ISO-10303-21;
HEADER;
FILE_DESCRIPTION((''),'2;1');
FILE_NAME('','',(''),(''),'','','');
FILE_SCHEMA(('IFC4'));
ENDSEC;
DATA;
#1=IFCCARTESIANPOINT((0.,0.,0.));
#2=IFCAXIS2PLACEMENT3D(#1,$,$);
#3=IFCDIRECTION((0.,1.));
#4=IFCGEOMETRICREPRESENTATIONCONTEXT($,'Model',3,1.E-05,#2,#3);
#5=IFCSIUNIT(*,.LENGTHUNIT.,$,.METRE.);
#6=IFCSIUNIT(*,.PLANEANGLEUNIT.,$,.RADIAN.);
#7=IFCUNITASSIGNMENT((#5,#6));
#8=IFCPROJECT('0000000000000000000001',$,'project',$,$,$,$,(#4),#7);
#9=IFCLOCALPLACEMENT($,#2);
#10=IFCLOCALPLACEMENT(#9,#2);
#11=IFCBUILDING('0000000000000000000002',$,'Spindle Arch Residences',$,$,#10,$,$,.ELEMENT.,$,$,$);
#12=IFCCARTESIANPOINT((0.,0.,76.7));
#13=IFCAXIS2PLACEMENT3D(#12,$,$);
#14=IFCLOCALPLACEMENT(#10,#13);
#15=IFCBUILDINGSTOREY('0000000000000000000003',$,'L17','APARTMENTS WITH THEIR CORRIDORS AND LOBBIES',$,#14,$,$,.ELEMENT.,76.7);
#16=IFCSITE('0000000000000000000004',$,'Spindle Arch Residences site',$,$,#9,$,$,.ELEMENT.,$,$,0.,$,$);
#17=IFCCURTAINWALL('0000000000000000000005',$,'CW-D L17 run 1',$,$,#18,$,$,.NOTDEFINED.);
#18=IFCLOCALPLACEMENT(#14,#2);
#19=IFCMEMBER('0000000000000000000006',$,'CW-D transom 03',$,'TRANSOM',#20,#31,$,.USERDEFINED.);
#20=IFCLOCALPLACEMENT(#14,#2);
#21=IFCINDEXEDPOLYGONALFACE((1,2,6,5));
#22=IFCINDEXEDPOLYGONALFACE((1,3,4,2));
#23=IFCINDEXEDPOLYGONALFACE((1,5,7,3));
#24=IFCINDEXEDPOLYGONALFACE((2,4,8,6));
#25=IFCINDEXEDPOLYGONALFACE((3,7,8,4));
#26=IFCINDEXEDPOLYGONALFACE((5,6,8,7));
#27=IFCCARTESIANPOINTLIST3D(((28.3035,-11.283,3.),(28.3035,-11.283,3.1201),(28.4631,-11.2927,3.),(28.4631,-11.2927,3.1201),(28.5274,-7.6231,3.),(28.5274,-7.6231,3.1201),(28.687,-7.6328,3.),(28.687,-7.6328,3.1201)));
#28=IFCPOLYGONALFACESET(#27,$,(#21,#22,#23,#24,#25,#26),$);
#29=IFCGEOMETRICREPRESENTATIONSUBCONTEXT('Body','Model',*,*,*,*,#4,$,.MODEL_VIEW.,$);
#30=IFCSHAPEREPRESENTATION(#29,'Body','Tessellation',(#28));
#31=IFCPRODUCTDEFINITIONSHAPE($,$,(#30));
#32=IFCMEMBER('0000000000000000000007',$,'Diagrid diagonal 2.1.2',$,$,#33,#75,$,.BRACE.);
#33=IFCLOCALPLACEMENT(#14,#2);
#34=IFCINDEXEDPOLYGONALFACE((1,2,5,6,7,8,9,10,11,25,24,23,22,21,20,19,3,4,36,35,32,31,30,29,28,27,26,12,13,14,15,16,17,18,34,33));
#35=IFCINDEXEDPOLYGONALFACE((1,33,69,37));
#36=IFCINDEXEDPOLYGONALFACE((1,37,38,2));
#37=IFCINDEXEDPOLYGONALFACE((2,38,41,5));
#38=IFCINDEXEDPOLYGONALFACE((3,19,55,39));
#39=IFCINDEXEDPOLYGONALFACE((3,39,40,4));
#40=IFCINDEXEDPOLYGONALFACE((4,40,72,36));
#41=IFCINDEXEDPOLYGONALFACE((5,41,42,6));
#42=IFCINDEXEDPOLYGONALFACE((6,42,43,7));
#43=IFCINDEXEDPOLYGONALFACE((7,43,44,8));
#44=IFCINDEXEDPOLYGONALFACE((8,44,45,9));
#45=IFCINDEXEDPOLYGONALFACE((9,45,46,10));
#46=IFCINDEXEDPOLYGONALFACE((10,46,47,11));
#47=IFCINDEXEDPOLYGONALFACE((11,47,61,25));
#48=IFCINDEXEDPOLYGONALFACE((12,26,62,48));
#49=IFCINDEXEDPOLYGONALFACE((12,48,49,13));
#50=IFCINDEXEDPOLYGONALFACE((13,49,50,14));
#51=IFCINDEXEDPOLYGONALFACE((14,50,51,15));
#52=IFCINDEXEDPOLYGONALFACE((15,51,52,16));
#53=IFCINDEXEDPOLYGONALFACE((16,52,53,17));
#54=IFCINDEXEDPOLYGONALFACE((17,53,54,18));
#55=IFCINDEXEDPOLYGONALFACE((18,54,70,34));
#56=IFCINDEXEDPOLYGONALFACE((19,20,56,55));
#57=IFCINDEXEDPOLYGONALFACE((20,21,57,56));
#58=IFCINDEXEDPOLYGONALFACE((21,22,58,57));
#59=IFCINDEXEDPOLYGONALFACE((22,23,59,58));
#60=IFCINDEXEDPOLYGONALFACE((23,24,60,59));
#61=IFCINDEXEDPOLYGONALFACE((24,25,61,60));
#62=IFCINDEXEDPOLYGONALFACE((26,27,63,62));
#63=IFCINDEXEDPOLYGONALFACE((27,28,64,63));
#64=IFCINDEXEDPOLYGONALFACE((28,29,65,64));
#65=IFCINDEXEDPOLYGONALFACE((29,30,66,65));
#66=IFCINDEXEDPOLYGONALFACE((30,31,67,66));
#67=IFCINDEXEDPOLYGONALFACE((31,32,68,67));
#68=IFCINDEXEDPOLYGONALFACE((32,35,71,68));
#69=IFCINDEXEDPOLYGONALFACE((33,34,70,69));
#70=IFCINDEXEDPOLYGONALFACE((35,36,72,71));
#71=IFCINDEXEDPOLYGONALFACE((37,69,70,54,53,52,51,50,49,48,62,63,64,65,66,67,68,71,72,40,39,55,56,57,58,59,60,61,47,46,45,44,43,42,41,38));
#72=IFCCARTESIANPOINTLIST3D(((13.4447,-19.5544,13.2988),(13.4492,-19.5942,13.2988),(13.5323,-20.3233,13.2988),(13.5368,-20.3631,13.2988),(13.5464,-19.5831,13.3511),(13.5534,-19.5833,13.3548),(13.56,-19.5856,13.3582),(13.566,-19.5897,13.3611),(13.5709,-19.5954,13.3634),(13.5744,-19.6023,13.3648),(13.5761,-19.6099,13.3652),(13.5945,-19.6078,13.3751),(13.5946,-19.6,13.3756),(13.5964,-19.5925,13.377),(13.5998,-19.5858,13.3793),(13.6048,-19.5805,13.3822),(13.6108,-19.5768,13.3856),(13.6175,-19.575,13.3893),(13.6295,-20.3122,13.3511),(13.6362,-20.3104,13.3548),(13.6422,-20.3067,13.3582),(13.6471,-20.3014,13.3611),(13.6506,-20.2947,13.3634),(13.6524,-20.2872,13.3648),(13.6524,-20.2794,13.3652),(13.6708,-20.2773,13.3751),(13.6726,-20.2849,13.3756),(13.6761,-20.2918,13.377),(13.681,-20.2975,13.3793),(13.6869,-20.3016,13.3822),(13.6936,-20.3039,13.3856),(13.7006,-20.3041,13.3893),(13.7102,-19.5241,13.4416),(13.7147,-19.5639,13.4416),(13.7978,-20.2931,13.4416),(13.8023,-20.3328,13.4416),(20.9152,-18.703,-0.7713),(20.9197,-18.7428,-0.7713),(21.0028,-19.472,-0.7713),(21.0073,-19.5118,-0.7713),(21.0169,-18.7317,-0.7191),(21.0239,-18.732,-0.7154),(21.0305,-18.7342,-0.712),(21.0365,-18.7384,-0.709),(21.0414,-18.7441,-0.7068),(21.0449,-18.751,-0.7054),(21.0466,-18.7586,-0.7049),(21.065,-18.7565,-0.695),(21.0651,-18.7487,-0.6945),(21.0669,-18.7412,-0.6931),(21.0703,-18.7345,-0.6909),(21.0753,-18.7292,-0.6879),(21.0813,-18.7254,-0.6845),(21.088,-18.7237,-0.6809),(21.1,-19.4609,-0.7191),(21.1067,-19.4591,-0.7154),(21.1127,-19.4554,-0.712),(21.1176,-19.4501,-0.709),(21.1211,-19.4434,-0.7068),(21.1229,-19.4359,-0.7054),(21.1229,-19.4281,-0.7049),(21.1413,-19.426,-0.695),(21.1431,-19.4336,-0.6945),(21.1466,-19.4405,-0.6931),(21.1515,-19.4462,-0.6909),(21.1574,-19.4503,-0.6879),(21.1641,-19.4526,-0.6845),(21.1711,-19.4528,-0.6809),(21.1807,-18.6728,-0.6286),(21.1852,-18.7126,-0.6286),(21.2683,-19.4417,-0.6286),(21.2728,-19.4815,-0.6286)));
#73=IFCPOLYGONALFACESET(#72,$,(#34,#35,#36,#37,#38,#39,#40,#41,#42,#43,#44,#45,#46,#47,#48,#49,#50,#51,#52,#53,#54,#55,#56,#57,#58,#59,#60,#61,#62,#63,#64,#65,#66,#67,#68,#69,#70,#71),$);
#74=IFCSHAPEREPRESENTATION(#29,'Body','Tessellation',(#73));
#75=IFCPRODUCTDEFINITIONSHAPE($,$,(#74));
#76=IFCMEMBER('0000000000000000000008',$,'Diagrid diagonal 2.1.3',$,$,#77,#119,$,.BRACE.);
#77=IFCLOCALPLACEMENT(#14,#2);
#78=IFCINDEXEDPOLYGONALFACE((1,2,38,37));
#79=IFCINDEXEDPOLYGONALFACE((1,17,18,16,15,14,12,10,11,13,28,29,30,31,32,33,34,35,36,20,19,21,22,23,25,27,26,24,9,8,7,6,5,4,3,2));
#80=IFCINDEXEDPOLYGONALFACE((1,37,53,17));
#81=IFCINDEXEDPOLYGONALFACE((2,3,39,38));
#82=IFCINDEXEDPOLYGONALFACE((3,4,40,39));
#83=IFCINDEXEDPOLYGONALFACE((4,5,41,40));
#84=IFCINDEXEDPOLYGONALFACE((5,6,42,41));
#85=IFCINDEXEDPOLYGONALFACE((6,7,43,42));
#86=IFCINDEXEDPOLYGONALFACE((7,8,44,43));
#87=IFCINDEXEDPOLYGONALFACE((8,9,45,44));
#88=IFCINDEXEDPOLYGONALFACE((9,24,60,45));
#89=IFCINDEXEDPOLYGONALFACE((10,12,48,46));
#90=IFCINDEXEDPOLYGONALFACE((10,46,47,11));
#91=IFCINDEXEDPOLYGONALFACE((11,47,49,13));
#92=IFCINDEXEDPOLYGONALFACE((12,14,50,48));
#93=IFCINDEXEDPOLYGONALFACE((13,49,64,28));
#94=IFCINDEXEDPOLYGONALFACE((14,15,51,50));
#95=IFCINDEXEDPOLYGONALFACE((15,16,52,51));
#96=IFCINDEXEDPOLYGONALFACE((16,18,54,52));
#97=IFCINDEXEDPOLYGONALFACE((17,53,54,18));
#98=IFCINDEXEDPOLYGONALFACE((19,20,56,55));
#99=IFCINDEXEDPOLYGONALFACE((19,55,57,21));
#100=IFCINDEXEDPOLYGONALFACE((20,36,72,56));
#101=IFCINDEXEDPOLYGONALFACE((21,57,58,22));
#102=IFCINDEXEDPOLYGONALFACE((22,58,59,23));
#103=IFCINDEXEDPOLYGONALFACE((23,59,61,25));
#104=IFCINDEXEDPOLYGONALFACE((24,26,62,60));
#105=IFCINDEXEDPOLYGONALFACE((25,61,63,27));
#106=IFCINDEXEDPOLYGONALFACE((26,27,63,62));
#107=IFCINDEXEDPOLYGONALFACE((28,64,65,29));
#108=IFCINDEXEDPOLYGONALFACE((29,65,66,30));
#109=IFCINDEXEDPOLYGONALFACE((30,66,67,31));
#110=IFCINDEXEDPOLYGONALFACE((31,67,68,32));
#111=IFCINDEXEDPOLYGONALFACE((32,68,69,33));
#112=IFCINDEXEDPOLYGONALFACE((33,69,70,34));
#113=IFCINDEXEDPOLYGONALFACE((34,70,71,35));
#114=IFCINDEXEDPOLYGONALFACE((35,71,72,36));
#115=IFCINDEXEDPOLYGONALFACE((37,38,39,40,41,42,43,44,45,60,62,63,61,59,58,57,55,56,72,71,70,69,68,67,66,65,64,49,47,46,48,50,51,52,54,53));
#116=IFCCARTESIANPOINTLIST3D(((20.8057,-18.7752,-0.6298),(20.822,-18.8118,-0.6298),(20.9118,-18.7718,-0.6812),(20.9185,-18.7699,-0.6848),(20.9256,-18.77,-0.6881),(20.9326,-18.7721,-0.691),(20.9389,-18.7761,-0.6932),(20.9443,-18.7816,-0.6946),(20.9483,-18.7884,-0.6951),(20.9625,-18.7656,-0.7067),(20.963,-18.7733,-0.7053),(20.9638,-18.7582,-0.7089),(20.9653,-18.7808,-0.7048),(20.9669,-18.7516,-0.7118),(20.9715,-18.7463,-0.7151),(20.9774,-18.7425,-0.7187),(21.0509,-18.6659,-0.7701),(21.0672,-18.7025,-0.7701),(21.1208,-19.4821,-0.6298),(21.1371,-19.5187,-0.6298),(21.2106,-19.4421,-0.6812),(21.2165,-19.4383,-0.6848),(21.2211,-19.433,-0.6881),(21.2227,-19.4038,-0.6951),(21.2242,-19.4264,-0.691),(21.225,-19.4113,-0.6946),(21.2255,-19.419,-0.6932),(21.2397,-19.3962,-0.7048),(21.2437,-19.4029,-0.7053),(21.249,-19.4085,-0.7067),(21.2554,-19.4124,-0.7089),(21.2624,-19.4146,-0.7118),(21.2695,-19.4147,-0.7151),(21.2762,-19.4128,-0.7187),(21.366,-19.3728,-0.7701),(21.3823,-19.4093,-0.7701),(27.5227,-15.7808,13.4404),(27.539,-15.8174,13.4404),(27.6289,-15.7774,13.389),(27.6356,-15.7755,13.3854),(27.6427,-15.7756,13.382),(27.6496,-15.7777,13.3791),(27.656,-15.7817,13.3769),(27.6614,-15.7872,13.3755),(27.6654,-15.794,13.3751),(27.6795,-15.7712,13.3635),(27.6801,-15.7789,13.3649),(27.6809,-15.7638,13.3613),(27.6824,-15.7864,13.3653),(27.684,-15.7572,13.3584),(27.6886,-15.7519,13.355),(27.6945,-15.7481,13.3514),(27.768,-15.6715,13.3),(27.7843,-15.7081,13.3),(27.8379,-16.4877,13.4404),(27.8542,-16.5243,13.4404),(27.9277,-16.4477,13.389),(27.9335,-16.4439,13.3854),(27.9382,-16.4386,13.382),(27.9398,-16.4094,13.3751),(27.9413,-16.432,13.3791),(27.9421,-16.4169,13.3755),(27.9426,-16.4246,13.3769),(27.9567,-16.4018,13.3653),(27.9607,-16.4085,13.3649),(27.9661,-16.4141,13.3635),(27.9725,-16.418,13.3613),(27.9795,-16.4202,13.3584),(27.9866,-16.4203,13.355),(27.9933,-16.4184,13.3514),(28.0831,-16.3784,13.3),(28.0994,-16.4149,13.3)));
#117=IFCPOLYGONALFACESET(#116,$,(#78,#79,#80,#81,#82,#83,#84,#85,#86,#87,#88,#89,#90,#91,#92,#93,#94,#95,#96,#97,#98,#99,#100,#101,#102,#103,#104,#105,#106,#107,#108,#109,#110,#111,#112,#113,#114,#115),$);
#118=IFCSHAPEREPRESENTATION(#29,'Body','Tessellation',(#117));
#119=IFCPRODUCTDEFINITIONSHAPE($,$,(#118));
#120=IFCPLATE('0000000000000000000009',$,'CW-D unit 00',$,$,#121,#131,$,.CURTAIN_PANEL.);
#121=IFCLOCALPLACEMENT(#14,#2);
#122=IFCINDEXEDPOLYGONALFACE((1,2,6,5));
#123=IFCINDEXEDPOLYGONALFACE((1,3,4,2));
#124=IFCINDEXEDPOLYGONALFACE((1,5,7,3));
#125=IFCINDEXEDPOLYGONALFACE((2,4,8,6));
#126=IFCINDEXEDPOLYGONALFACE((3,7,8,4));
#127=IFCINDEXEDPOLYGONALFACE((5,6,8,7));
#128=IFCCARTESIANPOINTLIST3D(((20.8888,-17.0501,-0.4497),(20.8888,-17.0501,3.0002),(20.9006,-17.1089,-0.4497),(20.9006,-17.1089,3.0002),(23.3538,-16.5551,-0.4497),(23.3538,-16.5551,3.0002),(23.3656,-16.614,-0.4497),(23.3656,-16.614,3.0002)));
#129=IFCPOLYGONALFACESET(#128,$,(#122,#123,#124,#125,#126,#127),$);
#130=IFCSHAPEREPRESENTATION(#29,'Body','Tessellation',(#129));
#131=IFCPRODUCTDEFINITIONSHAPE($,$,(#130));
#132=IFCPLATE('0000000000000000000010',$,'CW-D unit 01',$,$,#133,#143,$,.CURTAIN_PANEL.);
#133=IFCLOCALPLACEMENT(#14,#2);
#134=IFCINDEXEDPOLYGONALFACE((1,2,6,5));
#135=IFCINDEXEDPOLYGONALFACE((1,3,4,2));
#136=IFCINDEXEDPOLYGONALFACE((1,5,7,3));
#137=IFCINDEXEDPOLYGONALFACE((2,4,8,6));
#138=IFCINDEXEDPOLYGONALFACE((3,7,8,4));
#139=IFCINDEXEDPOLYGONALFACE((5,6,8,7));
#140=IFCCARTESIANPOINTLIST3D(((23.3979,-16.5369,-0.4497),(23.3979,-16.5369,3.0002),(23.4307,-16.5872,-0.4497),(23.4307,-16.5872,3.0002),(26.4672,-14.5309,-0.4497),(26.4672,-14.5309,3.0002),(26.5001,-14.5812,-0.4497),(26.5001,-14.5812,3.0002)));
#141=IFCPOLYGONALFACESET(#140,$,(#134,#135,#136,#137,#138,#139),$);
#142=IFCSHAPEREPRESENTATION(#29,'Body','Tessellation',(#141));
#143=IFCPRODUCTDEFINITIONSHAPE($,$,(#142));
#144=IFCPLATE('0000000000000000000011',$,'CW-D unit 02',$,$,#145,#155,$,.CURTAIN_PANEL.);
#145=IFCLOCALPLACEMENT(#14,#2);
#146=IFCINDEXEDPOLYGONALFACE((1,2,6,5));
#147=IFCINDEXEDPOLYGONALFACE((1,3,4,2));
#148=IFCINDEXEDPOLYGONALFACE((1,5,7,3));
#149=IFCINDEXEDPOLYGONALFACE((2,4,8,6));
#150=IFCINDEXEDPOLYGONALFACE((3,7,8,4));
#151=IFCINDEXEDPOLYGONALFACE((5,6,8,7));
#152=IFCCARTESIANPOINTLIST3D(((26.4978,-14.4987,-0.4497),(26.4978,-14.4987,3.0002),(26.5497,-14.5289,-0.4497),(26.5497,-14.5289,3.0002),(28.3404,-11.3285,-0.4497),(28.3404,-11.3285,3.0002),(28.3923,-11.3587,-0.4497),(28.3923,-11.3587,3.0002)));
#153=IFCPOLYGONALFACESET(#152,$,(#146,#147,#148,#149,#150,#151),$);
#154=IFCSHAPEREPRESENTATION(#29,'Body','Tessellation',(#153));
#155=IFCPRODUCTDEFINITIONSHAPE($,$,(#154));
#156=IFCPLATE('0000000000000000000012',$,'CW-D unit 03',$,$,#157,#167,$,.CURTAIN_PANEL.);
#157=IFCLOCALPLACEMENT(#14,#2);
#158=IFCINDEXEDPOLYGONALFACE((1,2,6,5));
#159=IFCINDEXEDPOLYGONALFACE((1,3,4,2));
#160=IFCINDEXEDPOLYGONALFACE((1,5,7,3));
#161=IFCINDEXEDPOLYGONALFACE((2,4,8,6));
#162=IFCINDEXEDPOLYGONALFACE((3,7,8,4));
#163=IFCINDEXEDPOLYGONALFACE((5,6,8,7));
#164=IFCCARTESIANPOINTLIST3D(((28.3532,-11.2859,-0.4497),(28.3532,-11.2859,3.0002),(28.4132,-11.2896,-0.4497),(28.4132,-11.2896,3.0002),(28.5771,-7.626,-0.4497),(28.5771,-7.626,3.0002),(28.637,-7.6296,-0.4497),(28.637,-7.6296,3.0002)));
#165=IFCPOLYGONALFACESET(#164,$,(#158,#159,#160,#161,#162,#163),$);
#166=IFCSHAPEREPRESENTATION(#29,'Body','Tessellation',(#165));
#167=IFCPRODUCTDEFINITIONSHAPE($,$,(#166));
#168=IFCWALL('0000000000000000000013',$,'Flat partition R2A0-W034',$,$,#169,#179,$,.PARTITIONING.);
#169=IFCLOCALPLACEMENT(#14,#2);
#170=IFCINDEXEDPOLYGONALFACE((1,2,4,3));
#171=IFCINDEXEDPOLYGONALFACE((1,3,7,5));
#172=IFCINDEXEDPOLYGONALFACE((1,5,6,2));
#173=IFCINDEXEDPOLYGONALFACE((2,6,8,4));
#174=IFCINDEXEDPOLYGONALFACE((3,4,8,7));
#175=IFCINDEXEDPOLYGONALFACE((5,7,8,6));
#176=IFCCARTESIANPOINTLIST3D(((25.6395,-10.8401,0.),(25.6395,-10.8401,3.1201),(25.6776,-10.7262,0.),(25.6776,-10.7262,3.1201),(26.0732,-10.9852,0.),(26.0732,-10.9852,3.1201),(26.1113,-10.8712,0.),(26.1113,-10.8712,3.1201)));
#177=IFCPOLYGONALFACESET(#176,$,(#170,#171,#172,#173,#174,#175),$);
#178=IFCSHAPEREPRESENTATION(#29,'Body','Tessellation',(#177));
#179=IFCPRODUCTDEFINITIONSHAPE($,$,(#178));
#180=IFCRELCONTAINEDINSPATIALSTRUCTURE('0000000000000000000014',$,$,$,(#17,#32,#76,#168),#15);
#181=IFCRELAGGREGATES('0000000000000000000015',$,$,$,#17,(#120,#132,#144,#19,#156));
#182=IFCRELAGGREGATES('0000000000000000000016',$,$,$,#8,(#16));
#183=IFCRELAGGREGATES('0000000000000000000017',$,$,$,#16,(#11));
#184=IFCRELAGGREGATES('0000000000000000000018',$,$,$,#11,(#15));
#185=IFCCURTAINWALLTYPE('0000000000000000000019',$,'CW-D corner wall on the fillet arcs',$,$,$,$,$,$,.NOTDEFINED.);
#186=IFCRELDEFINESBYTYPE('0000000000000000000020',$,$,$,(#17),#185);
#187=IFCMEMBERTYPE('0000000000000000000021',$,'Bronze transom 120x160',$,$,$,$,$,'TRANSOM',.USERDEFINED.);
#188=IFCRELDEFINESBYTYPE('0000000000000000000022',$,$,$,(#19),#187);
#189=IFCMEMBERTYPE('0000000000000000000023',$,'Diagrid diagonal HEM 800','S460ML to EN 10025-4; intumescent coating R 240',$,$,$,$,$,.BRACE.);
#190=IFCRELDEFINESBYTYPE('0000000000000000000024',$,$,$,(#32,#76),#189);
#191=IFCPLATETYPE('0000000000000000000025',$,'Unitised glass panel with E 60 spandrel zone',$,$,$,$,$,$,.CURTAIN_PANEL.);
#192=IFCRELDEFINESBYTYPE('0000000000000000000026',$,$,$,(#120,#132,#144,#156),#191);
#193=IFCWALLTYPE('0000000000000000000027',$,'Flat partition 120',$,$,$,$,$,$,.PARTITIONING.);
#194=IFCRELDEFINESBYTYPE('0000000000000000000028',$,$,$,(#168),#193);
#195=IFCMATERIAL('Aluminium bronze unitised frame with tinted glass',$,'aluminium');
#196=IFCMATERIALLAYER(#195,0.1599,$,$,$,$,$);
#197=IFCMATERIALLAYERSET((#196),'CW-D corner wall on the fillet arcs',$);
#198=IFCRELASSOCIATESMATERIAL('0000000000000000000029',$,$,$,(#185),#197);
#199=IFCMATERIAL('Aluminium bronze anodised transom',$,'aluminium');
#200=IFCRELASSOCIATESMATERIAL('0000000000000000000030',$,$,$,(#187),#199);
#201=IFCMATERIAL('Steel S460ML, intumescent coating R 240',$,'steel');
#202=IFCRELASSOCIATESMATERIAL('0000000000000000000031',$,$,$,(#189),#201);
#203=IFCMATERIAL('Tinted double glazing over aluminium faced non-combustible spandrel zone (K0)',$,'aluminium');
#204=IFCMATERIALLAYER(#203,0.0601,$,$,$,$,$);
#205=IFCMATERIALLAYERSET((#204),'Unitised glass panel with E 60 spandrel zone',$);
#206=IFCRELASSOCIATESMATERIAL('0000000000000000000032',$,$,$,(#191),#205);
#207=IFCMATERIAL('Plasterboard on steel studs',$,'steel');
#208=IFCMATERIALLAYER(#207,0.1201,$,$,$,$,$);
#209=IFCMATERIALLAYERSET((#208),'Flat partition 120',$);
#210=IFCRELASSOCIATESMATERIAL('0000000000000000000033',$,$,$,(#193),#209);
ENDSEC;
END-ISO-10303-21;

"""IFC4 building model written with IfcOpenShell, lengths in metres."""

from ifc_helpers import new_model, si_unit, direction, frame, frame_2d, origin, origin_2d, place, context, subcontext, project, spatial, rectangle, i_section, extrude, material, layer, layer_set, material_profile, profile_set, type_object, element, aggregate, save


model = new_model("IFC4")

# Units and contexts
model_context = context("Model", 3, precision=1e-05, world=origin(), true_north=direction((0.0, 1.0)))
body_context = subcontext(model_context, "Body", "Model", "MODEL_VIEW")
ifc_project = project(units=[si_unit("LENGTHUNIT", "METRE"), si_unit("PLANEANGLEUNIT", "RADIAN")], contexts=[model_context])

# Site, building, storey
site_placement = place(None, origin())
site = spatial("IfcSite", under=ifc_project, at=site_placement, Name="Spindle Arch Residences site", CompositionType="ELEMENT", RefElevation=0.0)
building_placement = place(site_placement, origin())
building = spatial("IfcBuilding", under=site, at=building_placement, Name="Spindle Arch Residences", CompositionType="ELEMENT")
storey_placement = place(building_placement, frame((0.0, 0.0, 76.7)))
storey = spatial("IfcBuildingStorey", under=building, at=storey_placement, Name="L17", Description="APARTMENTS WITH THEIR CORRIDORS AND LOBBIES", CompositionType="ELEMENT", Elevation=76.7)

# Curtain wall, member
ifc_material_1 = material(Name="Aluminium bronze unitised frame with tinted glass", Category="aluminium")
ifc_layer_1 = layer(ifc_material_1, 0.1599)
ifc_layer_set_1 = layer_set([ifc_layer_1], Name="CW-D corner wall on the fillet arcs")
curtain_wall_type = type_object("IfcCurtainWallType", Name="CW-D corner wall on the fillet arcs", PredefinedType="NOTDEFINED", material=ifc_layer_set_1)
curtain_wall_placement = place(storey_placement, origin())
curtain_wall = element("IfcCurtainWall", 1, at=curtain_wall_placement, inside=storey, type_object=curtain_wall_type, Name="CW-D L17 run 1", PredefinedType="NOTDEFINED")
ifc_material_2 = material(Name="Aluminium bronze anodised transom", Category="aluminium")
ifc_material_profile_1 = material_profile(ifc_material_2, rectangle(XDim=0.1599, YDim=0.1201, at=origin_2d()), Name="TR 120x160")
ifc_profile_set_1 = profile_set([ifc_material_profile_1], Name="Aluminium bronze anodised transom")
member_type_1 = type_object("IfcMemberType", Name="Bronze transom 120x160", ElementType="TRANSOM", PredefinedType="USERDEFINED", material=ifc_profile_set_1)
member_1_placement = place(storey_placement, frame((28.3833, -11.2878, 3.0601), z_axis=(0.061056, 0.998134, 0.0), x_axis=(-0.998134, 0.061056, 0.0)))
member_1 = element("IfcMember", 2, at=member_1_placement, type_object=member_type_1, Name="CW-D transom 03", ObjectType="TRANSOM", PredefinedType="USERDEFINED", context=body_context, shape_type="SweptSolid", body=[
    extrude(rectangle(XDim=0.1599, YDim=0.1201, at=origin_2d()), origin(), (0.0, 0.0, 1.0), 3.6667),
])

# Members
ifc_material_3 = material(Name="Steel S460ML, intumescent coating R 240", Category="steel")
ifc_material_profile_2 = material_profile(ifc_material_3, i_section(OverallWidth=0.303, OverallDepth=0.814, WebThickness=0.021, FlangeThickness=0.04, FilletRadius=0.03, at=origin_2d()), Name="HEM 800")
ifc_profile_set_2 = profile_set([ifc_material_profile_2], Name="Steel S460ML, intumescent coating R 240")
member_type_2 = type_object("IfcMemberType", Name="Diagrid diagonal HEM 800", Description="S460ML to EN 10025-4; intumescent coating R 240", PredefinedType="BRACE", material=ifc_profile_set_2)
member_2_placement = place(storey_placement, frame((21.094, -19.0923, -0.7), z_axis=(-0.468278, -0.053364, 0.881968), x_axis=(0.876297, 0.099861, 0.471309)))
element("IfcMember", 3, at=member_2_placement, inside=storey, type_object=member_type_2, Name="Diagrid diagonal 2.1.2", PredefinedType="BRACE", context=body_context, shape_type="SweptSolid", body=[
    extrude(i_section(OverallWidth=0.303, OverallDepth=0.814, WebThickness=0.021, FlangeThickness=0.04, FilletRadius=0.03, at=origin_2d()), origin(), (0.0, 0.0, 1.0), 15.9531),
])
member_3_placement = place(storey_placement, frame((21.094, -19.0923, -0.7), z_axis=(0.42309, 0.188609, 0.88624), x_axis=(-0.809452, -0.360845, 0.463227)))
element("IfcMember", 4, at=member_3_placement, inside=storey, type_object=member_type_2, Name="Diagrid diagonal 2.1.3", PredefinedType="BRACE", context=body_context, shape_type="SweptSolid", body=[
    extrude(i_section(OverallWidth=0.303, OverallDepth=0.814, WebThickness=0.021, FlangeThickness=0.04, FilletRadius=0.03, at=origin_2d()), origin(), (0.0, 0.0, 1.0), 15.8762),
])

# Plates
ifc_material_4 = material(Name="Tinted double glazing over aluminium faced non-combustible spandrel zone (K0)", Category="aluminium")
ifc_layer_2 = layer(ifc_material_4, 0.0601)
ifc_layer_set_2 = layer_set([ifc_layer_2], Name="Unitised glass panel with E 60 spandrel zone")
plate_type = type_object("IfcPlateType", Name="Unitised glass panel with E 60 spandrel zone", PredefinedType="CURTAIN_PANEL", material=ifc_layer_set_2)
plate_1_placement = place(storey_placement, frame((22.1272, -16.832, -0.4497), z_axis=(0.0, 0.0, 1.0), x_axis=(0.980431, 0.196863, 0.0)))
plate_1 = element("IfcPlate", 5, at=plate_1_placement, type_object=plate_type, Name="CW-D unit 00", PredefinedType="CURTAIN_PANEL", context=body_context, shape_type="SweptSolid", body=[
    extrude(rectangle(XDim=2.5142, YDim=0.0601, at=origin_2d()), origin(), (0.0, 0.0, 1.0), 3.45),
])
plate_2_placement = place(storey_placement, frame((24.949, -15.5591, -0.4497), z_axis=(0.0, 0.0, 1.0), x_axis=(0.837083, 0.547076, 0.0)))
plate_2 = element("IfcPlate", 6, at=plate_2_placement, type_object=plate_type, Name="CW-D unit 01", PredefinedType="CURTAIN_PANEL", context=body_context, shape_type="SweptSolid", body=[
    extrude(rectangle(XDim=3.6667, YDim=0.0601, at=origin_2d()), origin(), (0.0, 0.0, 1.0), 3.45),
])
plate_3_placement = place(storey_placement, frame((27.4451, -12.9287, -0.4497), z_axis=(0.0, 0.0, 1.0), x_axis=(0.502517, 0.864567, 0.0)))
plate_3 = element("IfcPlate", 7, at=plate_3_placement, type_object=plate_type, Name="CW-D unit 02", PredefinedType="CURTAIN_PANEL", context=body_context, shape_type="SweptSolid", body=[
    extrude(rectangle(XDim=3.6667, YDim=0.0601, at=origin_2d()), origin(), (0.0, 0.0, 1.0), 3.45),
])
plate_4_placement = place(storey_placement, frame((28.4951, -9.4578, -0.4497), z_axis=(0.0, 0.0, 1.0), x_axis=(0.061049, 0.998135, 0.0)))
plate_4 = element("IfcPlate", 8, at=plate_4_placement, type_object=plate_type, Name="CW-D unit 03", PredefinedType="CURTAIN_PANEL", context=body_context, shape_type="SweptSolid", body=[
    extrude(rectangle(XDim=3.6667, YDim=0.0601, at=origin_2d()), origin(), (0.0, 0.0, 1.0), 3.45),
])
aggregate(curtain_wall, [plate_1, plate_2, plate_3, member_1, plate_4])

# Wall
ifc_material_5 = material(Name="Plasterboard on steel studs", Category="steel")
ifc_layer_3 = layer(ifc_material_5, 0.1201)
ifc_layer_set_3 = layer_set([ifc_layer_3], Name="Flat partition 120")
wall_type_1 = type_object("IfcWallType", Name="Flat partition 120", PredefinedType="PARTITIONING", material=ifc_layer_set_3)
wall_1_placement = place(storey_placement, frame((25.6587, -10.7832, 0.0), z_axis=(0.0, 0.0, 1.0), x_axis=(0.948362, -0.317189, 0.0)))
element("IfcWall", 9, at=wall_1_placement, inside=storey, type_object=wall_type_1, Name="Flat partition R2A0-W034", PredefinedType="PARTITIONING", context=body_context, shape_type="SweptSolid", body=[
    extrude(rectangle(XDim=0.4573, YDim=0.1201, at=frame_2d((0.2285, 0.0))), origin(), (0.0, 0.0, 1.0), 3.1201),
])

save(model, "model.ifc")
